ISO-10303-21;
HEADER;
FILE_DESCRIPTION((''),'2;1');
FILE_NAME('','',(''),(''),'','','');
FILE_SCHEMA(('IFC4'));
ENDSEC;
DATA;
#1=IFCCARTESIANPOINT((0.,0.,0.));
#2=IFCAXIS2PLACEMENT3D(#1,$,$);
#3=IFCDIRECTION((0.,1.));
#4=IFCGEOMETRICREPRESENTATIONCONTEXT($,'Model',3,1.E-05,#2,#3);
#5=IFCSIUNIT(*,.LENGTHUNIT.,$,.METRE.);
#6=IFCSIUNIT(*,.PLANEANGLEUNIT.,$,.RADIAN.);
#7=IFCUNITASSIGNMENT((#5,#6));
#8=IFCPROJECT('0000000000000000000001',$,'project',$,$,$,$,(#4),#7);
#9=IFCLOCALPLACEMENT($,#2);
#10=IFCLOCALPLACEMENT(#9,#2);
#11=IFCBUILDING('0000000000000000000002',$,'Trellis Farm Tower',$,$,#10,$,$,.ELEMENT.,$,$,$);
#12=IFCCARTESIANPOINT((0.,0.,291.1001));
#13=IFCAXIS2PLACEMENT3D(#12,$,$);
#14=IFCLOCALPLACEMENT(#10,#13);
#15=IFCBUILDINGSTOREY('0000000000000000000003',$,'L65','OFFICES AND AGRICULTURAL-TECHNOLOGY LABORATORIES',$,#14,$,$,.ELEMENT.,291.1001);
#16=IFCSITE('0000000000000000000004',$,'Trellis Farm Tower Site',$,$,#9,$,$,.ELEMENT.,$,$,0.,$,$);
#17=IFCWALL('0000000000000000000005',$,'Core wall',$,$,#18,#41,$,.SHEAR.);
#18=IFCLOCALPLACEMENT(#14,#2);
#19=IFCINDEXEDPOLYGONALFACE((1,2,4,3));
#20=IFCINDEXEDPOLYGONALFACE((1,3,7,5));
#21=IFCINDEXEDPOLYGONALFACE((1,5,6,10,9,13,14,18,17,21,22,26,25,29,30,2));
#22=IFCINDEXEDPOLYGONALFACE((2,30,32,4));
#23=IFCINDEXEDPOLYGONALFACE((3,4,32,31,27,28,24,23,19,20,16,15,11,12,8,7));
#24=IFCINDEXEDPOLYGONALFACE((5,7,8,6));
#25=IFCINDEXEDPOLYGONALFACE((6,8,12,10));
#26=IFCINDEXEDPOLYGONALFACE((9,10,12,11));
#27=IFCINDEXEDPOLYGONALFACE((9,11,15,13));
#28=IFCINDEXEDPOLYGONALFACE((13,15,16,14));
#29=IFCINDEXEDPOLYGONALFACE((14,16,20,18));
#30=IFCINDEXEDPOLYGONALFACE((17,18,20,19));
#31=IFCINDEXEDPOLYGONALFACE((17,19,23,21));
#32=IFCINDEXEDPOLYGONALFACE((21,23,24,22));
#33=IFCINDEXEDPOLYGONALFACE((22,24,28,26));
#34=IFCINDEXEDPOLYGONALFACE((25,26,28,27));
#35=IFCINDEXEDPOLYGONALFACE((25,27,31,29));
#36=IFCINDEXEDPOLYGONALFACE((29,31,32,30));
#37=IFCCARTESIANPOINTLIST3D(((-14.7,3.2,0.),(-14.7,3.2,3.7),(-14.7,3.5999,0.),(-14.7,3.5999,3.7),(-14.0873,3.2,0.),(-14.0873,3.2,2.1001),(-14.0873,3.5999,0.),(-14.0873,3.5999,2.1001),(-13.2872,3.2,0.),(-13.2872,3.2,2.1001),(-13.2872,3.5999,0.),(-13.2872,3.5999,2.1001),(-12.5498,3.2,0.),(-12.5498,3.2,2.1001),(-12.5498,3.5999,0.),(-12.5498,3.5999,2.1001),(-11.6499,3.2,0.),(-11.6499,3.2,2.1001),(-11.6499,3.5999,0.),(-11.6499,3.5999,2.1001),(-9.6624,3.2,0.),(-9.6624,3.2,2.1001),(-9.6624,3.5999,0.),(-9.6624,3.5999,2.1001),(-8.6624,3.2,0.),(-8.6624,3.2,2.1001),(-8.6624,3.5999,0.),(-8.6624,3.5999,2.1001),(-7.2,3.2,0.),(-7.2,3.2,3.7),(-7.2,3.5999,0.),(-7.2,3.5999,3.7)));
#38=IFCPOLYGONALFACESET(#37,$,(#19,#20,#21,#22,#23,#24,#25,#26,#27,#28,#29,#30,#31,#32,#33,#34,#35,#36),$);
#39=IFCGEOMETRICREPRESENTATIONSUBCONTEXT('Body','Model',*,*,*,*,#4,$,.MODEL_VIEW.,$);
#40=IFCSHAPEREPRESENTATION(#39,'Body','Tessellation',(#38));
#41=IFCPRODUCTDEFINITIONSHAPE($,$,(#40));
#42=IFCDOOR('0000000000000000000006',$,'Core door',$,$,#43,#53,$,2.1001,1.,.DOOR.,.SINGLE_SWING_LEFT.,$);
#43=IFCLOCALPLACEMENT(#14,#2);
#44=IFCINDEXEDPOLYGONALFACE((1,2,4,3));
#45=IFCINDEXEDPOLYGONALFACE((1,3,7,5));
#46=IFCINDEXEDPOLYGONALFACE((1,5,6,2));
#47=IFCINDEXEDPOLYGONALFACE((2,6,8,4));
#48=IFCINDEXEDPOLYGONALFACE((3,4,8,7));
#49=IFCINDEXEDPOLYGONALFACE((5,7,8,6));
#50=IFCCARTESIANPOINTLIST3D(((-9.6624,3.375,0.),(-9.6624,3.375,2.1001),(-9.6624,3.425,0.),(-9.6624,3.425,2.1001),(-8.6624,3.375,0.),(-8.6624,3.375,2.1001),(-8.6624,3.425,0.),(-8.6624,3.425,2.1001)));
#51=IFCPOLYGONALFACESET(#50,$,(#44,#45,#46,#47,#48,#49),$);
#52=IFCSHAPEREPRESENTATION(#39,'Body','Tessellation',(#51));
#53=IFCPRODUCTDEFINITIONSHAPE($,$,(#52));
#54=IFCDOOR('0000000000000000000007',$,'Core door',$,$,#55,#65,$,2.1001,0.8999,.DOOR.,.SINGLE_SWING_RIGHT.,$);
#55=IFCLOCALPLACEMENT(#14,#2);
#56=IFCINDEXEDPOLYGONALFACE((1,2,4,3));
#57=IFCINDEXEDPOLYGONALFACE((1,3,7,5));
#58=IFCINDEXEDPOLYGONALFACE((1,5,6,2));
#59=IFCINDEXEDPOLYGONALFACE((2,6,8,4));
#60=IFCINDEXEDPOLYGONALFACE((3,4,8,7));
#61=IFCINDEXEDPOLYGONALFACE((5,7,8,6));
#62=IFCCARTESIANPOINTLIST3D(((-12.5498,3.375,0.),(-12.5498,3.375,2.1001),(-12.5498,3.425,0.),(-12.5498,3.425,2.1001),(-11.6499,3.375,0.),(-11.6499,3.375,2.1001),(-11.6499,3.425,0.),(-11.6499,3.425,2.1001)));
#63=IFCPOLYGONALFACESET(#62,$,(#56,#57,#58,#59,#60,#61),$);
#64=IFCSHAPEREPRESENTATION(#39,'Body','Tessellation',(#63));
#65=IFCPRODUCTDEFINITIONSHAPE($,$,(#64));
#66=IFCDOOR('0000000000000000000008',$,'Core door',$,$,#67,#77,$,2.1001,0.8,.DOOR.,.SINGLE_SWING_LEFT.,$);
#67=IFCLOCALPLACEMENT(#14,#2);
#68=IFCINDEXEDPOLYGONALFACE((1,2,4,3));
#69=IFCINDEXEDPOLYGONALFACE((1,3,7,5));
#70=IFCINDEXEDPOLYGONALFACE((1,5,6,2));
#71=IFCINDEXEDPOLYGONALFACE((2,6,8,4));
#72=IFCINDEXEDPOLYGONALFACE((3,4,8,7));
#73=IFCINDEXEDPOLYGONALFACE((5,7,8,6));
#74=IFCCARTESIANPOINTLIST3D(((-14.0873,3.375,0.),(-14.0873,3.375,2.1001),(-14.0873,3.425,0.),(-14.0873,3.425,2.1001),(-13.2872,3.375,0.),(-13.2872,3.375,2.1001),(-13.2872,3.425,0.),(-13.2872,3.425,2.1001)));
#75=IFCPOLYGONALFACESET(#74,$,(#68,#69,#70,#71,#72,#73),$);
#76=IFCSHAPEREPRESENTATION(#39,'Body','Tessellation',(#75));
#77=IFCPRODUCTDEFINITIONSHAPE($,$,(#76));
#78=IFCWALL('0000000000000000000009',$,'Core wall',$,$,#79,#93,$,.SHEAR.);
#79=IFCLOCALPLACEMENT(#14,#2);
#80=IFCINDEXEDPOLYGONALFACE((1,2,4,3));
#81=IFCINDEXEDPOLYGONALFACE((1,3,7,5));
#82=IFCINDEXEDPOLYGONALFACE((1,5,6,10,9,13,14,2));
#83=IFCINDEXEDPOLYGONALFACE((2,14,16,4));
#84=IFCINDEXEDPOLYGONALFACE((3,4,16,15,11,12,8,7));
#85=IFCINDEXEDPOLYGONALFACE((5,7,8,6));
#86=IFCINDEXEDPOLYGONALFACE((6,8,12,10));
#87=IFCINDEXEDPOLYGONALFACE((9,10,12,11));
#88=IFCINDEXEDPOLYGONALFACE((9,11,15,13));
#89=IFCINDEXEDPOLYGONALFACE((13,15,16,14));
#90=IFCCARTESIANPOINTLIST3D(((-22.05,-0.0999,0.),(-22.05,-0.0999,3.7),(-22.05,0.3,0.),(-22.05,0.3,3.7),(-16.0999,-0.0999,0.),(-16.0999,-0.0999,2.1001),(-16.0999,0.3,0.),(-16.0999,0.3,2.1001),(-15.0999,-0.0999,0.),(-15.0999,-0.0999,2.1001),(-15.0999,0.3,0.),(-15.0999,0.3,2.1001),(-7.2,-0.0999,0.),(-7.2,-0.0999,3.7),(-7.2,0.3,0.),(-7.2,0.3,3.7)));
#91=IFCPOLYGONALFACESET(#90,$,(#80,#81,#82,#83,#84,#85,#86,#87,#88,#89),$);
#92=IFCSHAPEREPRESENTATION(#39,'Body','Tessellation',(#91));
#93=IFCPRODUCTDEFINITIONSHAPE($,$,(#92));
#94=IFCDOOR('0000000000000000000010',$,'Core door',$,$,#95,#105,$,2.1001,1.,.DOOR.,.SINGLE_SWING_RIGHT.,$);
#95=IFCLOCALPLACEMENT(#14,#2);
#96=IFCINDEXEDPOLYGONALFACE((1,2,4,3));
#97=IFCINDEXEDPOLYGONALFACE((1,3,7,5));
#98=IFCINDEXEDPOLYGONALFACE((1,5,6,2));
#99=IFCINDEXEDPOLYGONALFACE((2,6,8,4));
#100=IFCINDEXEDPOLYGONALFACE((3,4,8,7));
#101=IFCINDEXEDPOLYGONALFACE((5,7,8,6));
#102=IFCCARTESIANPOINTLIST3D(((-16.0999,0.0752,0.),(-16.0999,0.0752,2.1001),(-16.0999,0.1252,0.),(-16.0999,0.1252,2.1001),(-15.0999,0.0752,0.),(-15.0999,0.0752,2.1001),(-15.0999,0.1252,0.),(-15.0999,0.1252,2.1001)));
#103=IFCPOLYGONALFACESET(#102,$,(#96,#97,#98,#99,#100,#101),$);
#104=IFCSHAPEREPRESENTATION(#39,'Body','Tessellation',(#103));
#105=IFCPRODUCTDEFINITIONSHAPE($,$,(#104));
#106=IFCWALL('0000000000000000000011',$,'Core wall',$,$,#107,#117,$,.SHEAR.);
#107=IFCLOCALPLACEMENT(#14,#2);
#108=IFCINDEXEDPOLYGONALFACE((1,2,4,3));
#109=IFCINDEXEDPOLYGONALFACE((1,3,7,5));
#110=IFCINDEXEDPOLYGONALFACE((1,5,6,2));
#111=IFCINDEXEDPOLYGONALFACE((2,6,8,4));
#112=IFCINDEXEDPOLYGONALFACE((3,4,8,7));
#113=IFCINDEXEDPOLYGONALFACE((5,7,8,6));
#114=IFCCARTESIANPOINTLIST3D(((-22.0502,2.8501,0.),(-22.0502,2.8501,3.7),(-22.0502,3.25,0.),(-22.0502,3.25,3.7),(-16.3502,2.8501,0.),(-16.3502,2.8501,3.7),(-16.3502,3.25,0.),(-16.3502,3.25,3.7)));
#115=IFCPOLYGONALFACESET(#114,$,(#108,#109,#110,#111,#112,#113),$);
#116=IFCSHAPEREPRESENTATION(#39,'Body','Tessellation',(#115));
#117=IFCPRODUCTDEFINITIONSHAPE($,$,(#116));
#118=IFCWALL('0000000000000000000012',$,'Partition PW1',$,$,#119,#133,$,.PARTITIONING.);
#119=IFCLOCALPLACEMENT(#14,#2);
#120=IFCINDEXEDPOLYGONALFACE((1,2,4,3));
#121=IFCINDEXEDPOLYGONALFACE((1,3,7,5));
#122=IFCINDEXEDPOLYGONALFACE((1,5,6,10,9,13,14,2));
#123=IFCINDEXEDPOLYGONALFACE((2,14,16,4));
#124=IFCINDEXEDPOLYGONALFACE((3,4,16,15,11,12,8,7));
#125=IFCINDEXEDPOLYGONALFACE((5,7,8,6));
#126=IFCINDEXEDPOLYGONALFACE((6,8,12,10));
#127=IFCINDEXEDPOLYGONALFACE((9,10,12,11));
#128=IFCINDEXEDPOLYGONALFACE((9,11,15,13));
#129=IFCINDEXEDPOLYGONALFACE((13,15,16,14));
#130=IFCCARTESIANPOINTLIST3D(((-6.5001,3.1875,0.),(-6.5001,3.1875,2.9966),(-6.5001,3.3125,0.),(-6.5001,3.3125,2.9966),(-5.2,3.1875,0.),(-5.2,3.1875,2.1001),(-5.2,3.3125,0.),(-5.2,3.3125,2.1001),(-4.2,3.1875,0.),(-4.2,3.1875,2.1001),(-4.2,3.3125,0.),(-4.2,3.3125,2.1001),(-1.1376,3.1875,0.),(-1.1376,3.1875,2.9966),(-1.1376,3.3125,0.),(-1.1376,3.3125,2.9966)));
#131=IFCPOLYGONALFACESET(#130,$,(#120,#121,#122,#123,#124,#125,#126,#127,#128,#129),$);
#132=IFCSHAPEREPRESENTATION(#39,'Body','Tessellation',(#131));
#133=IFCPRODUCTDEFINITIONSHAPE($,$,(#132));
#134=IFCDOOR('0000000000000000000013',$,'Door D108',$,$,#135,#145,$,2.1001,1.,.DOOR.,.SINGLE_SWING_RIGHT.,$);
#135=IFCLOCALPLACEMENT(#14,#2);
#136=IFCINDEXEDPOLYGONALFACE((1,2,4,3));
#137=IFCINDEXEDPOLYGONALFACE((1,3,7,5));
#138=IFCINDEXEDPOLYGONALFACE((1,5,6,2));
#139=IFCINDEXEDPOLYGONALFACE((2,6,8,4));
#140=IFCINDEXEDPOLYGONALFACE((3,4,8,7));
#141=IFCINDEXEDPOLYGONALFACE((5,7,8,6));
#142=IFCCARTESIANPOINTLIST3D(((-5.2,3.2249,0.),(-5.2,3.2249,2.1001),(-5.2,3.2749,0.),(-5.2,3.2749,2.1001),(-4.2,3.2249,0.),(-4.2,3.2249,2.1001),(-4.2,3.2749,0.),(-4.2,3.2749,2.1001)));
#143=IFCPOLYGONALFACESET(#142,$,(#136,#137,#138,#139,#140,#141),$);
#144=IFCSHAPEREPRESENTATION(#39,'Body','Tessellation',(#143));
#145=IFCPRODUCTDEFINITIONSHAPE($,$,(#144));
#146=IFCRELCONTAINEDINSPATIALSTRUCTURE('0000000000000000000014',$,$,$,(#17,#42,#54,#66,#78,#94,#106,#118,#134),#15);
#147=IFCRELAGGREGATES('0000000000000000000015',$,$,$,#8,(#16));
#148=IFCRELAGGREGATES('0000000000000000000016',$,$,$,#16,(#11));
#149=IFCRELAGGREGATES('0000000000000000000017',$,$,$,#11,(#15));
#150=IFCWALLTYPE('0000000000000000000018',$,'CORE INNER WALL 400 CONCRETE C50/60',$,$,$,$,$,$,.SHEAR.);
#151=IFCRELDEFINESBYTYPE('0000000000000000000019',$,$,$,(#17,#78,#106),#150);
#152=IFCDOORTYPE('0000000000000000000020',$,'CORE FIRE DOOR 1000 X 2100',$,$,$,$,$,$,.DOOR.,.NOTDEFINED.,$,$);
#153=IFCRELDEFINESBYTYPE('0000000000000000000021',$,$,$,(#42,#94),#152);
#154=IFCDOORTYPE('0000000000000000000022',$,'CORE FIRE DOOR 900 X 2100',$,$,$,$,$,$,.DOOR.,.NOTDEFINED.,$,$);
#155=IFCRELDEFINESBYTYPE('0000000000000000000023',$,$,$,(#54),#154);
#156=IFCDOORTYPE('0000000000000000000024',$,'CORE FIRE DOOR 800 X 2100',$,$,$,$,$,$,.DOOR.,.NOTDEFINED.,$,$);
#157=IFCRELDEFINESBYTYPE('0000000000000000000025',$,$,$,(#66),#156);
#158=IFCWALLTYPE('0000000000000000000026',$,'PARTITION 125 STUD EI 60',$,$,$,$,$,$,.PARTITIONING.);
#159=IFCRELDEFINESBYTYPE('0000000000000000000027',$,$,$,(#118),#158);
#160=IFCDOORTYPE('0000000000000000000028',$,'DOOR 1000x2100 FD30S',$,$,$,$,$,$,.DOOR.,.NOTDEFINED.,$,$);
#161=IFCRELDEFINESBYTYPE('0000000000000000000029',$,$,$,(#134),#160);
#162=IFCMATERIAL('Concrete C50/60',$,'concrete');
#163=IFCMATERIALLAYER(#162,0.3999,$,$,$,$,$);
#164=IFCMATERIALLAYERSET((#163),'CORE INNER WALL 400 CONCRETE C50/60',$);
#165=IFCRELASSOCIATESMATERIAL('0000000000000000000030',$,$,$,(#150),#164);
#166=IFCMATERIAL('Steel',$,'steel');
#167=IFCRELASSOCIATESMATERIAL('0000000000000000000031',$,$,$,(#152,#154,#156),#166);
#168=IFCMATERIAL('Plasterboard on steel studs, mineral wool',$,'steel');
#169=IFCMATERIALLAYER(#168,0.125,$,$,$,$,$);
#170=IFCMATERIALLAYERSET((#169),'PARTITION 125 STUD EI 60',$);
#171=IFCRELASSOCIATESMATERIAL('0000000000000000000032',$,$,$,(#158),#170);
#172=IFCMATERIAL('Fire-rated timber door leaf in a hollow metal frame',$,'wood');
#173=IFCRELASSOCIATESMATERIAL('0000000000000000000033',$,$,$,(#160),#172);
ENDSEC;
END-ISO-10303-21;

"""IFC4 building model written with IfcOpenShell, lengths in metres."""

from ifc_helpers import new_model, si_unit, direction, frame, frame_2d, origin, place, context, subcontext, project, spatial, rectangle, extrude, source, transform, mapped, material, layer, layer_set, type_object, element, fill, save


model = new_model("IFC4")

# Units and contexts
model_context = context("Model", 3, precision=1e-05, world=origin(), true_north=direction((0.0, 1.0)))
body_context = subcontext(model_context, "Body", "Model", "MODEL_VIEW")
ifc_project = project(units=[si_unit("LENGTHUNIT", "METRE"), si_unit("PLANEANGLEUNIT", "RADIAN")], contexts=[model_context])

# Site, building, storey
site_placement = place(None, origin())
site = spatial("IfcSite", under=ifc_project, at=site_placement, Name="Trellis Farm Tower Site", CompositionType="ELEMENT", RefElevation=0.0)
building_placement = place(site_placement, origin())
building = spatial("IfcBuilding", under=site, at=building_placement, Name="Trellis Farm Tower", CompositionType="ELEMENT")
storey_placement = place(building_placement, frame((0.0, 0.0, 291.1001)))
storey = spatial("IfcBuildingStorey", under=building, at=storey_placement, Name="L65", Description="OFFICES AND AGRICULTURAL-TECHNOLOGY LABORATORIES", CompositionType="ELEMENT", Elevation=291.1001)

# Wall, openings, doors
ifc_material_1 = material(Name="Concrete C50/60", Category="concrete")
ifc_layer_1 = layer(ifc_material_1, 0.3999)
ifc_layer_set_1 = layer_set([ifc_layer_1], Name="CORE INNER WALL 400 CONCRETE C50/60")
wall_type_1 = type_object("IfcWallType", Name="CORE INNER WALL 400 CONCRETE C50/60", PredefinedType="SHEAR", material=ifc_layer_set_1)
shared_shape_1 = source(origin(), body_context, "Body", "SweptSolid", [
    extrude(rectangle(XDim=7.5, YDim=0.3999, at=frame_2d((3.75, 0.0))), origin(), (0.0, 0.0, 1.0), 3.7),
])
wall_1_placement = place(storey_placement, frame((-7.2, 3.3999, 0.0), z_axis=(0.0, 0.0, 1.0), x_axis=(-1.0, 0.0, 0.0)))
wall_1 = element("IfcWall", 1, at=wall_1_placement, inside=storey, type_object=wall_type_1, Name="Core wall", PredefinedType="SHEAR", context=body_context, shape_type="MappedRepresentation", body=[
    mapped(shared_shape_1, transform((0.0, 0.0, 0.0))),
])
shared_shape_2 = source(origin(), body_context, "Body", "SweptSolid", [
    extrude(rectangle(XDim=1.0, YDim=2.1001, at=frame_2d((0.5, 1.05))), frame((0.0, 0.21, 0.0), z_axis=(0.0, -1.0, 0.0), x_axis=(1.0, 0.0, 0.0)), (0.0, 0.0, 1.0), 0.4199),
])
opening_1_placement = place(wall_1_placement, frame((1.4624, 0.0, 0.0)))
opening_1 = element("IfcOpeningElement", 2, at=opening_1_placement, cuts=wall_1, PredefinedType="OPENING", context=body_context, shape_type="MappedRepresentation", body=[
    mapped(shared_shape_2, transform((0.0, 0.0, 0.0))),
])
shared_shape_3 = source(origin(), body_context, "Body", "SweptSolid", [
    extrude(rectangle(XDim=0.8999, YDim=2.1001, at=frame_2d((0.45, 1.05))), frame((0.0, 0.21, 0.0), z_axis=(0.0, -1.0, 0.0), x_axis=(1.0, 0.0, 0.0)), (0.0, 0.0, 1.0), 0.4199),
])
opening_2_placement = place(wall_1_placement, frame((4.45, 0.0, 0.0)))
opening_2 = element("IfcOpeningElement", 3, at=opening_2_placement, cuts=wall_1, PredefinedType="OPENING", context=body_context, shape_type="MappedRepresentation", body=[
    mapped(shared_shape_3, transform((0.0, 0.0, 0.0))),
])
shared_shape_4 = source(origin(), body_context, "Body", "SweptSolid", [
    extrude(rectangle(XDim=0.8, YDim=2.1001, at=frame_2d((0.3999, 1.05))), frame((0.0, 0.21, 0.0), z_axis=(0.0, -1.0, 0.0), x_axis=(1.0, 0.0, 0.0)), (0.0, 0.0, 1.0), 0.4199),
])
opening_3_placement = place(wall_1_placement, frame((6.0874, 0.0, 0.0)))
opening_3 = element("IfcOpeningElement", 4, at=opening_3_placement, cuts=wall_1, PredefinedType="OPENING", context=body_context, shape_type="MappedRepresentation", body=[
    mapped(shared_shape_4, transform((0.0, 0.0, 0.0))),
])
ifc_material_2 = material(Name="Steel", Category="steel")
door_type_1 = type_object("IfcDoorType", Name="CORE FIRE DOOR 1000 X 2100", OperationType="NOTDEFINED", PredefinedType="DOOR", material=ifc_material_2)
shared_shape_5 = source(origin(), body_context, "Body", "SweptSolid", [
    extrude(rectangle(XDim=1.0, YDim=2.1001, at=frame_2d((0.5, 1.05))), frame((0.0, 0.0249, 0.0), z_axis=(0.0, -1.0, 0.0), x_axis=(1.0, 0.0, 0.0)), (0.0, 0.0, 1.0), 0.05),
])
door_1_placement = place(opening_1_placement, origin())
door_1 = element("IfcDoor", 5, at=door_1_placement, inside=storey, type_object=door_type_1, Name="Core door", OperationType="SINGLE_SWING_LEFT", OverallHeight=2.1001, OverallWidth=1.0, PredefinedType="DOOR", context=body_context, shape_type="MappedRepresentation", body=[
    mapped(shared_shape_5, transform((0.0, 0.0, 0.0))),
])
fill(opening_1, door_1)
door_type_2 = type_object("IfcDoorType", Name="CORE FIRE DOOR 900 X 2100", OperationType="NOTDEFINED", PredefinedType="DOOR", material=ifc_material_2)
shared_shape_6 = source(origin(), body_context, "Body", "SweptSolid", [
    extrude(rectangle(XDim=0.8999, YDim=2.1001, at=frame_2d((0.45, 1.05))), frame((0.0, 0.0249, 0.0), z_axis=(0.0, -1.0, 0.0), x_axis=(1.0, 0.0, 0.0)), (0.0, 0.0, 1.0), 0.05),
])
door_2_placement = place(opening_2_placement, origin())
door_2 = element("IfcDoor", 6, at=door_2_placement, inside=storey, type_object=door_type_2, Name="Core door", OperationType="SINGLE_SWING_RIGHT", OverallHeight=2.1001, OverallWidth=0.8999, PredefinedType="DOOR", context=body_context, shape_type="MappedRepresentation", body=[
    mapped(shared_shape_6, transform((0.0, 0.0, 0.0))),
])
fill(opening_2, door_2)
door_type_3 = type_object("IfcDoorType", Name="CORE FIRE DOOR 800 X 2100", OperationType="NOTDEFINED", PredefinedType="DOOR", material=ifc_material_2)
shared_shape_7 = source(origin(), body_context, "Body", "SweptSolid", [
    extrude(rectangle(XDim=0.8, YDim=2.1001, at=frame_2d((0.3999, 1.05))), frame((0.0, 0.0249, 0.0), z_axis=(0.0, -1.0, 0.0), x_axis=(1.0, 0.0, 0.0)), (0.0, 0.0, 1.0), 0.05),
])
door_3_placement = place(opening_3_placement, origin())
door_3 = element("IfcDoor", 7, at=door_3_placement, inside=storey, type_object=door_type_3, Name="Core door", OperationType="SINGLE_SWING_LEFT", OverallHeight=2.1001, OverallWidth=0.8, PredefinedType="DOOR", context=body_context, shape_type="MappedRepresentation", body=[
    mapped(shared_shape_7, transform((0.0, 0.0, 0.0))),
])
fill(opening_3, door_3)

# Wall, opening, door
shared_shape_8 = source(origin(), body_context, "Body", "SweptSolid", [
    extrude(rectangle(XDim=14.8501, YDim=0.3999, at=frame_2d((7.425, 0.0))), origin(), (0.0, 0.0, 1.0), 3.7),
])
wall_2_placement = place(storey_placement, frame((-7.2, 0.1001, 0.0), z_axis=(0.0, 0.0, 1.0), x_axis=(-1.0, 0.0, 0.0)))
wall_2 = element("IfcWall", 8, at=wall_2_placement, inside=storey, type_object=wall_type_1, Name="Core wall", PredefinedType="SHEAR", context=body_context, shape_type="MappedRepresentation", body=[
    mapped(shared_shape_8, transform((0.0, 0.0, 0.0))),
])
opening_4_placement = place(wall_2_placement, frame((7.8999, 0.0, 0.0)))
opening_4 = element("IfcOpeningElement", 9, at=opening_4_placement, cuts=wall_2, PredefinedType="OPENING", context=body_context, shape_type="MappedRepresentation", body=[
    mapped(shared_shape_2, transform((0.0, 0.0, 0.0))),
])
door_4_placement = place(opening_4_placement, origin())
door_4 = element("IfcDoor", 10, at=door_4_placement, inside=storey, type_object=door_type_1, Name="Core door", OperationType="SINGLE_SWING_RIGHT", OverallHeight=2.1001, OverallWidth=1.0, PredefinedType="DOOR", context=body_context, shape_type="MappedRepresentation", body=[
    mapped(shared_shape_5, transform((0.0, 0.0, 0.0))),
])
fill(opening_4, door_4)

# Wall
shared_shape_9 = source(origin(), body_context, "Body", "SweptSolid", [
    extrude(rectangle(XDim=5.7, YDim=0.3999, at=frame_2d((2.8501, 0.0))), origin(), (0.0, 0.0, 1.0), 3.7),
])
wall_3_placement = place(storey_placement, frame((-16.3501, 3.05, 0.0), z_axis=(0.0, 0.0, 1.0), x_axis=(-1.0, 0.0, 0.0)))
element("IfcWall", 11, at=wall_3_placement, inside=storey, type_object=wall_type_1, Name="Core wall", PredefinedType="SHEAR", context=body_context, shape_type="MappedRepresentation", body=[
    mapped(shared_shape_9, transform((0.0, 0.0, 0.0))),
])

# Wall, opening, door
ifc_material_3 = material(Name="Plasterboard on steel studs, mineral wool", Category="steel")
ifc_layer_2 = layer(ifc_material_3, 0.125)
ifc_layer_set_2 = layer_set([ifc_layer_2], Name="PARTITION 125 STUD EI 60")
wall_type_2 = type_object("IfcWallType", Name="PARTITION 125 STUD EI 60", PredefinedType="PARTITIONING", material=ifc_layer_set_2)
shared_shape_10 = source(origin(), body_context, "Body", "SweptSolid", [
    extrude(rectangle(XDim=5.3625, YDim=0.125, at=frame_2d((2.6812, 0.0))), origin(), (0.0, 0.0, 1.0), 2.9966),
])
wall_4_placement = place(storey_placement, frame((-6.5, 3.25, 0.0), z_axis=(0.0, 0.0, 1.0), x_axis=(1.0, 0.0, 0.0)))
wall_4 = element("IfcWall", 12, at=wall_4_placement, inside=storey, type_object=wall_type_2, Name="Partition PW1", PredefinedType="PARTITIONING", context=body_context, shape_type="MappedRepresentation", body=[
    mapped(shared_shape_10, transform((0.0, 0.0, 0.0))),
])
shared_shape_11 = source(origin(), body_context, "Body", "SweptSolid", [
    extrude(rectangle(XDim=1.0, YDim=2.1001, at=frame_2d((0.5, 1.05))), frame((0.0, 0.0725, 0.0), z_axis=(0.0, -1.0, 0.0), x_axis=(1.0, 0.0, 0.0)), (0.0, 0.0, 1.0), 0.145),
])
opening_5_placement = place(wall_4_placement, frame((1.3, 0.0, 0.0)))
opening_5 = element("IfcOpeningElement", 13, at=opening_5_placement, cuts=wall_4, PredefinedType="OPENING", context=body_context, shape_type="MappedRepresentation", body=[
    mapped(shared_shape_11, transform((0.0, 0.0, 0.0))),
])
ifc_material_4 = material(Name="Fire-rated timber door leaf in a hollow metal frame", Category="wood")
door_type_4 = type_object("IfcDoorType", Name="DOOR 1000x2100 FD30S", OperationType="NOTDEFINED", PredefinedType="DOOR", material=ifc_material_4)
door_5_placement = place(opening_5_placement, origin())
door_5 = element("IfcDoor", 14, at=door_5_placement, inside=storey, type_object=door_type_4, Name="Door D108", OperationType="SINGLE_SWING_RIGHT", OverallHeight=2.1001, OverallWidth=1.0, PredefinedType="DOOR", context=body_context, shape_type="MappedRepresentation", body=[
    mapped(shared_shape_5, transform((0.0, 0.0, 0.0))),
])
fill(opening_5, door_5)

save(model, "model.ifc")
